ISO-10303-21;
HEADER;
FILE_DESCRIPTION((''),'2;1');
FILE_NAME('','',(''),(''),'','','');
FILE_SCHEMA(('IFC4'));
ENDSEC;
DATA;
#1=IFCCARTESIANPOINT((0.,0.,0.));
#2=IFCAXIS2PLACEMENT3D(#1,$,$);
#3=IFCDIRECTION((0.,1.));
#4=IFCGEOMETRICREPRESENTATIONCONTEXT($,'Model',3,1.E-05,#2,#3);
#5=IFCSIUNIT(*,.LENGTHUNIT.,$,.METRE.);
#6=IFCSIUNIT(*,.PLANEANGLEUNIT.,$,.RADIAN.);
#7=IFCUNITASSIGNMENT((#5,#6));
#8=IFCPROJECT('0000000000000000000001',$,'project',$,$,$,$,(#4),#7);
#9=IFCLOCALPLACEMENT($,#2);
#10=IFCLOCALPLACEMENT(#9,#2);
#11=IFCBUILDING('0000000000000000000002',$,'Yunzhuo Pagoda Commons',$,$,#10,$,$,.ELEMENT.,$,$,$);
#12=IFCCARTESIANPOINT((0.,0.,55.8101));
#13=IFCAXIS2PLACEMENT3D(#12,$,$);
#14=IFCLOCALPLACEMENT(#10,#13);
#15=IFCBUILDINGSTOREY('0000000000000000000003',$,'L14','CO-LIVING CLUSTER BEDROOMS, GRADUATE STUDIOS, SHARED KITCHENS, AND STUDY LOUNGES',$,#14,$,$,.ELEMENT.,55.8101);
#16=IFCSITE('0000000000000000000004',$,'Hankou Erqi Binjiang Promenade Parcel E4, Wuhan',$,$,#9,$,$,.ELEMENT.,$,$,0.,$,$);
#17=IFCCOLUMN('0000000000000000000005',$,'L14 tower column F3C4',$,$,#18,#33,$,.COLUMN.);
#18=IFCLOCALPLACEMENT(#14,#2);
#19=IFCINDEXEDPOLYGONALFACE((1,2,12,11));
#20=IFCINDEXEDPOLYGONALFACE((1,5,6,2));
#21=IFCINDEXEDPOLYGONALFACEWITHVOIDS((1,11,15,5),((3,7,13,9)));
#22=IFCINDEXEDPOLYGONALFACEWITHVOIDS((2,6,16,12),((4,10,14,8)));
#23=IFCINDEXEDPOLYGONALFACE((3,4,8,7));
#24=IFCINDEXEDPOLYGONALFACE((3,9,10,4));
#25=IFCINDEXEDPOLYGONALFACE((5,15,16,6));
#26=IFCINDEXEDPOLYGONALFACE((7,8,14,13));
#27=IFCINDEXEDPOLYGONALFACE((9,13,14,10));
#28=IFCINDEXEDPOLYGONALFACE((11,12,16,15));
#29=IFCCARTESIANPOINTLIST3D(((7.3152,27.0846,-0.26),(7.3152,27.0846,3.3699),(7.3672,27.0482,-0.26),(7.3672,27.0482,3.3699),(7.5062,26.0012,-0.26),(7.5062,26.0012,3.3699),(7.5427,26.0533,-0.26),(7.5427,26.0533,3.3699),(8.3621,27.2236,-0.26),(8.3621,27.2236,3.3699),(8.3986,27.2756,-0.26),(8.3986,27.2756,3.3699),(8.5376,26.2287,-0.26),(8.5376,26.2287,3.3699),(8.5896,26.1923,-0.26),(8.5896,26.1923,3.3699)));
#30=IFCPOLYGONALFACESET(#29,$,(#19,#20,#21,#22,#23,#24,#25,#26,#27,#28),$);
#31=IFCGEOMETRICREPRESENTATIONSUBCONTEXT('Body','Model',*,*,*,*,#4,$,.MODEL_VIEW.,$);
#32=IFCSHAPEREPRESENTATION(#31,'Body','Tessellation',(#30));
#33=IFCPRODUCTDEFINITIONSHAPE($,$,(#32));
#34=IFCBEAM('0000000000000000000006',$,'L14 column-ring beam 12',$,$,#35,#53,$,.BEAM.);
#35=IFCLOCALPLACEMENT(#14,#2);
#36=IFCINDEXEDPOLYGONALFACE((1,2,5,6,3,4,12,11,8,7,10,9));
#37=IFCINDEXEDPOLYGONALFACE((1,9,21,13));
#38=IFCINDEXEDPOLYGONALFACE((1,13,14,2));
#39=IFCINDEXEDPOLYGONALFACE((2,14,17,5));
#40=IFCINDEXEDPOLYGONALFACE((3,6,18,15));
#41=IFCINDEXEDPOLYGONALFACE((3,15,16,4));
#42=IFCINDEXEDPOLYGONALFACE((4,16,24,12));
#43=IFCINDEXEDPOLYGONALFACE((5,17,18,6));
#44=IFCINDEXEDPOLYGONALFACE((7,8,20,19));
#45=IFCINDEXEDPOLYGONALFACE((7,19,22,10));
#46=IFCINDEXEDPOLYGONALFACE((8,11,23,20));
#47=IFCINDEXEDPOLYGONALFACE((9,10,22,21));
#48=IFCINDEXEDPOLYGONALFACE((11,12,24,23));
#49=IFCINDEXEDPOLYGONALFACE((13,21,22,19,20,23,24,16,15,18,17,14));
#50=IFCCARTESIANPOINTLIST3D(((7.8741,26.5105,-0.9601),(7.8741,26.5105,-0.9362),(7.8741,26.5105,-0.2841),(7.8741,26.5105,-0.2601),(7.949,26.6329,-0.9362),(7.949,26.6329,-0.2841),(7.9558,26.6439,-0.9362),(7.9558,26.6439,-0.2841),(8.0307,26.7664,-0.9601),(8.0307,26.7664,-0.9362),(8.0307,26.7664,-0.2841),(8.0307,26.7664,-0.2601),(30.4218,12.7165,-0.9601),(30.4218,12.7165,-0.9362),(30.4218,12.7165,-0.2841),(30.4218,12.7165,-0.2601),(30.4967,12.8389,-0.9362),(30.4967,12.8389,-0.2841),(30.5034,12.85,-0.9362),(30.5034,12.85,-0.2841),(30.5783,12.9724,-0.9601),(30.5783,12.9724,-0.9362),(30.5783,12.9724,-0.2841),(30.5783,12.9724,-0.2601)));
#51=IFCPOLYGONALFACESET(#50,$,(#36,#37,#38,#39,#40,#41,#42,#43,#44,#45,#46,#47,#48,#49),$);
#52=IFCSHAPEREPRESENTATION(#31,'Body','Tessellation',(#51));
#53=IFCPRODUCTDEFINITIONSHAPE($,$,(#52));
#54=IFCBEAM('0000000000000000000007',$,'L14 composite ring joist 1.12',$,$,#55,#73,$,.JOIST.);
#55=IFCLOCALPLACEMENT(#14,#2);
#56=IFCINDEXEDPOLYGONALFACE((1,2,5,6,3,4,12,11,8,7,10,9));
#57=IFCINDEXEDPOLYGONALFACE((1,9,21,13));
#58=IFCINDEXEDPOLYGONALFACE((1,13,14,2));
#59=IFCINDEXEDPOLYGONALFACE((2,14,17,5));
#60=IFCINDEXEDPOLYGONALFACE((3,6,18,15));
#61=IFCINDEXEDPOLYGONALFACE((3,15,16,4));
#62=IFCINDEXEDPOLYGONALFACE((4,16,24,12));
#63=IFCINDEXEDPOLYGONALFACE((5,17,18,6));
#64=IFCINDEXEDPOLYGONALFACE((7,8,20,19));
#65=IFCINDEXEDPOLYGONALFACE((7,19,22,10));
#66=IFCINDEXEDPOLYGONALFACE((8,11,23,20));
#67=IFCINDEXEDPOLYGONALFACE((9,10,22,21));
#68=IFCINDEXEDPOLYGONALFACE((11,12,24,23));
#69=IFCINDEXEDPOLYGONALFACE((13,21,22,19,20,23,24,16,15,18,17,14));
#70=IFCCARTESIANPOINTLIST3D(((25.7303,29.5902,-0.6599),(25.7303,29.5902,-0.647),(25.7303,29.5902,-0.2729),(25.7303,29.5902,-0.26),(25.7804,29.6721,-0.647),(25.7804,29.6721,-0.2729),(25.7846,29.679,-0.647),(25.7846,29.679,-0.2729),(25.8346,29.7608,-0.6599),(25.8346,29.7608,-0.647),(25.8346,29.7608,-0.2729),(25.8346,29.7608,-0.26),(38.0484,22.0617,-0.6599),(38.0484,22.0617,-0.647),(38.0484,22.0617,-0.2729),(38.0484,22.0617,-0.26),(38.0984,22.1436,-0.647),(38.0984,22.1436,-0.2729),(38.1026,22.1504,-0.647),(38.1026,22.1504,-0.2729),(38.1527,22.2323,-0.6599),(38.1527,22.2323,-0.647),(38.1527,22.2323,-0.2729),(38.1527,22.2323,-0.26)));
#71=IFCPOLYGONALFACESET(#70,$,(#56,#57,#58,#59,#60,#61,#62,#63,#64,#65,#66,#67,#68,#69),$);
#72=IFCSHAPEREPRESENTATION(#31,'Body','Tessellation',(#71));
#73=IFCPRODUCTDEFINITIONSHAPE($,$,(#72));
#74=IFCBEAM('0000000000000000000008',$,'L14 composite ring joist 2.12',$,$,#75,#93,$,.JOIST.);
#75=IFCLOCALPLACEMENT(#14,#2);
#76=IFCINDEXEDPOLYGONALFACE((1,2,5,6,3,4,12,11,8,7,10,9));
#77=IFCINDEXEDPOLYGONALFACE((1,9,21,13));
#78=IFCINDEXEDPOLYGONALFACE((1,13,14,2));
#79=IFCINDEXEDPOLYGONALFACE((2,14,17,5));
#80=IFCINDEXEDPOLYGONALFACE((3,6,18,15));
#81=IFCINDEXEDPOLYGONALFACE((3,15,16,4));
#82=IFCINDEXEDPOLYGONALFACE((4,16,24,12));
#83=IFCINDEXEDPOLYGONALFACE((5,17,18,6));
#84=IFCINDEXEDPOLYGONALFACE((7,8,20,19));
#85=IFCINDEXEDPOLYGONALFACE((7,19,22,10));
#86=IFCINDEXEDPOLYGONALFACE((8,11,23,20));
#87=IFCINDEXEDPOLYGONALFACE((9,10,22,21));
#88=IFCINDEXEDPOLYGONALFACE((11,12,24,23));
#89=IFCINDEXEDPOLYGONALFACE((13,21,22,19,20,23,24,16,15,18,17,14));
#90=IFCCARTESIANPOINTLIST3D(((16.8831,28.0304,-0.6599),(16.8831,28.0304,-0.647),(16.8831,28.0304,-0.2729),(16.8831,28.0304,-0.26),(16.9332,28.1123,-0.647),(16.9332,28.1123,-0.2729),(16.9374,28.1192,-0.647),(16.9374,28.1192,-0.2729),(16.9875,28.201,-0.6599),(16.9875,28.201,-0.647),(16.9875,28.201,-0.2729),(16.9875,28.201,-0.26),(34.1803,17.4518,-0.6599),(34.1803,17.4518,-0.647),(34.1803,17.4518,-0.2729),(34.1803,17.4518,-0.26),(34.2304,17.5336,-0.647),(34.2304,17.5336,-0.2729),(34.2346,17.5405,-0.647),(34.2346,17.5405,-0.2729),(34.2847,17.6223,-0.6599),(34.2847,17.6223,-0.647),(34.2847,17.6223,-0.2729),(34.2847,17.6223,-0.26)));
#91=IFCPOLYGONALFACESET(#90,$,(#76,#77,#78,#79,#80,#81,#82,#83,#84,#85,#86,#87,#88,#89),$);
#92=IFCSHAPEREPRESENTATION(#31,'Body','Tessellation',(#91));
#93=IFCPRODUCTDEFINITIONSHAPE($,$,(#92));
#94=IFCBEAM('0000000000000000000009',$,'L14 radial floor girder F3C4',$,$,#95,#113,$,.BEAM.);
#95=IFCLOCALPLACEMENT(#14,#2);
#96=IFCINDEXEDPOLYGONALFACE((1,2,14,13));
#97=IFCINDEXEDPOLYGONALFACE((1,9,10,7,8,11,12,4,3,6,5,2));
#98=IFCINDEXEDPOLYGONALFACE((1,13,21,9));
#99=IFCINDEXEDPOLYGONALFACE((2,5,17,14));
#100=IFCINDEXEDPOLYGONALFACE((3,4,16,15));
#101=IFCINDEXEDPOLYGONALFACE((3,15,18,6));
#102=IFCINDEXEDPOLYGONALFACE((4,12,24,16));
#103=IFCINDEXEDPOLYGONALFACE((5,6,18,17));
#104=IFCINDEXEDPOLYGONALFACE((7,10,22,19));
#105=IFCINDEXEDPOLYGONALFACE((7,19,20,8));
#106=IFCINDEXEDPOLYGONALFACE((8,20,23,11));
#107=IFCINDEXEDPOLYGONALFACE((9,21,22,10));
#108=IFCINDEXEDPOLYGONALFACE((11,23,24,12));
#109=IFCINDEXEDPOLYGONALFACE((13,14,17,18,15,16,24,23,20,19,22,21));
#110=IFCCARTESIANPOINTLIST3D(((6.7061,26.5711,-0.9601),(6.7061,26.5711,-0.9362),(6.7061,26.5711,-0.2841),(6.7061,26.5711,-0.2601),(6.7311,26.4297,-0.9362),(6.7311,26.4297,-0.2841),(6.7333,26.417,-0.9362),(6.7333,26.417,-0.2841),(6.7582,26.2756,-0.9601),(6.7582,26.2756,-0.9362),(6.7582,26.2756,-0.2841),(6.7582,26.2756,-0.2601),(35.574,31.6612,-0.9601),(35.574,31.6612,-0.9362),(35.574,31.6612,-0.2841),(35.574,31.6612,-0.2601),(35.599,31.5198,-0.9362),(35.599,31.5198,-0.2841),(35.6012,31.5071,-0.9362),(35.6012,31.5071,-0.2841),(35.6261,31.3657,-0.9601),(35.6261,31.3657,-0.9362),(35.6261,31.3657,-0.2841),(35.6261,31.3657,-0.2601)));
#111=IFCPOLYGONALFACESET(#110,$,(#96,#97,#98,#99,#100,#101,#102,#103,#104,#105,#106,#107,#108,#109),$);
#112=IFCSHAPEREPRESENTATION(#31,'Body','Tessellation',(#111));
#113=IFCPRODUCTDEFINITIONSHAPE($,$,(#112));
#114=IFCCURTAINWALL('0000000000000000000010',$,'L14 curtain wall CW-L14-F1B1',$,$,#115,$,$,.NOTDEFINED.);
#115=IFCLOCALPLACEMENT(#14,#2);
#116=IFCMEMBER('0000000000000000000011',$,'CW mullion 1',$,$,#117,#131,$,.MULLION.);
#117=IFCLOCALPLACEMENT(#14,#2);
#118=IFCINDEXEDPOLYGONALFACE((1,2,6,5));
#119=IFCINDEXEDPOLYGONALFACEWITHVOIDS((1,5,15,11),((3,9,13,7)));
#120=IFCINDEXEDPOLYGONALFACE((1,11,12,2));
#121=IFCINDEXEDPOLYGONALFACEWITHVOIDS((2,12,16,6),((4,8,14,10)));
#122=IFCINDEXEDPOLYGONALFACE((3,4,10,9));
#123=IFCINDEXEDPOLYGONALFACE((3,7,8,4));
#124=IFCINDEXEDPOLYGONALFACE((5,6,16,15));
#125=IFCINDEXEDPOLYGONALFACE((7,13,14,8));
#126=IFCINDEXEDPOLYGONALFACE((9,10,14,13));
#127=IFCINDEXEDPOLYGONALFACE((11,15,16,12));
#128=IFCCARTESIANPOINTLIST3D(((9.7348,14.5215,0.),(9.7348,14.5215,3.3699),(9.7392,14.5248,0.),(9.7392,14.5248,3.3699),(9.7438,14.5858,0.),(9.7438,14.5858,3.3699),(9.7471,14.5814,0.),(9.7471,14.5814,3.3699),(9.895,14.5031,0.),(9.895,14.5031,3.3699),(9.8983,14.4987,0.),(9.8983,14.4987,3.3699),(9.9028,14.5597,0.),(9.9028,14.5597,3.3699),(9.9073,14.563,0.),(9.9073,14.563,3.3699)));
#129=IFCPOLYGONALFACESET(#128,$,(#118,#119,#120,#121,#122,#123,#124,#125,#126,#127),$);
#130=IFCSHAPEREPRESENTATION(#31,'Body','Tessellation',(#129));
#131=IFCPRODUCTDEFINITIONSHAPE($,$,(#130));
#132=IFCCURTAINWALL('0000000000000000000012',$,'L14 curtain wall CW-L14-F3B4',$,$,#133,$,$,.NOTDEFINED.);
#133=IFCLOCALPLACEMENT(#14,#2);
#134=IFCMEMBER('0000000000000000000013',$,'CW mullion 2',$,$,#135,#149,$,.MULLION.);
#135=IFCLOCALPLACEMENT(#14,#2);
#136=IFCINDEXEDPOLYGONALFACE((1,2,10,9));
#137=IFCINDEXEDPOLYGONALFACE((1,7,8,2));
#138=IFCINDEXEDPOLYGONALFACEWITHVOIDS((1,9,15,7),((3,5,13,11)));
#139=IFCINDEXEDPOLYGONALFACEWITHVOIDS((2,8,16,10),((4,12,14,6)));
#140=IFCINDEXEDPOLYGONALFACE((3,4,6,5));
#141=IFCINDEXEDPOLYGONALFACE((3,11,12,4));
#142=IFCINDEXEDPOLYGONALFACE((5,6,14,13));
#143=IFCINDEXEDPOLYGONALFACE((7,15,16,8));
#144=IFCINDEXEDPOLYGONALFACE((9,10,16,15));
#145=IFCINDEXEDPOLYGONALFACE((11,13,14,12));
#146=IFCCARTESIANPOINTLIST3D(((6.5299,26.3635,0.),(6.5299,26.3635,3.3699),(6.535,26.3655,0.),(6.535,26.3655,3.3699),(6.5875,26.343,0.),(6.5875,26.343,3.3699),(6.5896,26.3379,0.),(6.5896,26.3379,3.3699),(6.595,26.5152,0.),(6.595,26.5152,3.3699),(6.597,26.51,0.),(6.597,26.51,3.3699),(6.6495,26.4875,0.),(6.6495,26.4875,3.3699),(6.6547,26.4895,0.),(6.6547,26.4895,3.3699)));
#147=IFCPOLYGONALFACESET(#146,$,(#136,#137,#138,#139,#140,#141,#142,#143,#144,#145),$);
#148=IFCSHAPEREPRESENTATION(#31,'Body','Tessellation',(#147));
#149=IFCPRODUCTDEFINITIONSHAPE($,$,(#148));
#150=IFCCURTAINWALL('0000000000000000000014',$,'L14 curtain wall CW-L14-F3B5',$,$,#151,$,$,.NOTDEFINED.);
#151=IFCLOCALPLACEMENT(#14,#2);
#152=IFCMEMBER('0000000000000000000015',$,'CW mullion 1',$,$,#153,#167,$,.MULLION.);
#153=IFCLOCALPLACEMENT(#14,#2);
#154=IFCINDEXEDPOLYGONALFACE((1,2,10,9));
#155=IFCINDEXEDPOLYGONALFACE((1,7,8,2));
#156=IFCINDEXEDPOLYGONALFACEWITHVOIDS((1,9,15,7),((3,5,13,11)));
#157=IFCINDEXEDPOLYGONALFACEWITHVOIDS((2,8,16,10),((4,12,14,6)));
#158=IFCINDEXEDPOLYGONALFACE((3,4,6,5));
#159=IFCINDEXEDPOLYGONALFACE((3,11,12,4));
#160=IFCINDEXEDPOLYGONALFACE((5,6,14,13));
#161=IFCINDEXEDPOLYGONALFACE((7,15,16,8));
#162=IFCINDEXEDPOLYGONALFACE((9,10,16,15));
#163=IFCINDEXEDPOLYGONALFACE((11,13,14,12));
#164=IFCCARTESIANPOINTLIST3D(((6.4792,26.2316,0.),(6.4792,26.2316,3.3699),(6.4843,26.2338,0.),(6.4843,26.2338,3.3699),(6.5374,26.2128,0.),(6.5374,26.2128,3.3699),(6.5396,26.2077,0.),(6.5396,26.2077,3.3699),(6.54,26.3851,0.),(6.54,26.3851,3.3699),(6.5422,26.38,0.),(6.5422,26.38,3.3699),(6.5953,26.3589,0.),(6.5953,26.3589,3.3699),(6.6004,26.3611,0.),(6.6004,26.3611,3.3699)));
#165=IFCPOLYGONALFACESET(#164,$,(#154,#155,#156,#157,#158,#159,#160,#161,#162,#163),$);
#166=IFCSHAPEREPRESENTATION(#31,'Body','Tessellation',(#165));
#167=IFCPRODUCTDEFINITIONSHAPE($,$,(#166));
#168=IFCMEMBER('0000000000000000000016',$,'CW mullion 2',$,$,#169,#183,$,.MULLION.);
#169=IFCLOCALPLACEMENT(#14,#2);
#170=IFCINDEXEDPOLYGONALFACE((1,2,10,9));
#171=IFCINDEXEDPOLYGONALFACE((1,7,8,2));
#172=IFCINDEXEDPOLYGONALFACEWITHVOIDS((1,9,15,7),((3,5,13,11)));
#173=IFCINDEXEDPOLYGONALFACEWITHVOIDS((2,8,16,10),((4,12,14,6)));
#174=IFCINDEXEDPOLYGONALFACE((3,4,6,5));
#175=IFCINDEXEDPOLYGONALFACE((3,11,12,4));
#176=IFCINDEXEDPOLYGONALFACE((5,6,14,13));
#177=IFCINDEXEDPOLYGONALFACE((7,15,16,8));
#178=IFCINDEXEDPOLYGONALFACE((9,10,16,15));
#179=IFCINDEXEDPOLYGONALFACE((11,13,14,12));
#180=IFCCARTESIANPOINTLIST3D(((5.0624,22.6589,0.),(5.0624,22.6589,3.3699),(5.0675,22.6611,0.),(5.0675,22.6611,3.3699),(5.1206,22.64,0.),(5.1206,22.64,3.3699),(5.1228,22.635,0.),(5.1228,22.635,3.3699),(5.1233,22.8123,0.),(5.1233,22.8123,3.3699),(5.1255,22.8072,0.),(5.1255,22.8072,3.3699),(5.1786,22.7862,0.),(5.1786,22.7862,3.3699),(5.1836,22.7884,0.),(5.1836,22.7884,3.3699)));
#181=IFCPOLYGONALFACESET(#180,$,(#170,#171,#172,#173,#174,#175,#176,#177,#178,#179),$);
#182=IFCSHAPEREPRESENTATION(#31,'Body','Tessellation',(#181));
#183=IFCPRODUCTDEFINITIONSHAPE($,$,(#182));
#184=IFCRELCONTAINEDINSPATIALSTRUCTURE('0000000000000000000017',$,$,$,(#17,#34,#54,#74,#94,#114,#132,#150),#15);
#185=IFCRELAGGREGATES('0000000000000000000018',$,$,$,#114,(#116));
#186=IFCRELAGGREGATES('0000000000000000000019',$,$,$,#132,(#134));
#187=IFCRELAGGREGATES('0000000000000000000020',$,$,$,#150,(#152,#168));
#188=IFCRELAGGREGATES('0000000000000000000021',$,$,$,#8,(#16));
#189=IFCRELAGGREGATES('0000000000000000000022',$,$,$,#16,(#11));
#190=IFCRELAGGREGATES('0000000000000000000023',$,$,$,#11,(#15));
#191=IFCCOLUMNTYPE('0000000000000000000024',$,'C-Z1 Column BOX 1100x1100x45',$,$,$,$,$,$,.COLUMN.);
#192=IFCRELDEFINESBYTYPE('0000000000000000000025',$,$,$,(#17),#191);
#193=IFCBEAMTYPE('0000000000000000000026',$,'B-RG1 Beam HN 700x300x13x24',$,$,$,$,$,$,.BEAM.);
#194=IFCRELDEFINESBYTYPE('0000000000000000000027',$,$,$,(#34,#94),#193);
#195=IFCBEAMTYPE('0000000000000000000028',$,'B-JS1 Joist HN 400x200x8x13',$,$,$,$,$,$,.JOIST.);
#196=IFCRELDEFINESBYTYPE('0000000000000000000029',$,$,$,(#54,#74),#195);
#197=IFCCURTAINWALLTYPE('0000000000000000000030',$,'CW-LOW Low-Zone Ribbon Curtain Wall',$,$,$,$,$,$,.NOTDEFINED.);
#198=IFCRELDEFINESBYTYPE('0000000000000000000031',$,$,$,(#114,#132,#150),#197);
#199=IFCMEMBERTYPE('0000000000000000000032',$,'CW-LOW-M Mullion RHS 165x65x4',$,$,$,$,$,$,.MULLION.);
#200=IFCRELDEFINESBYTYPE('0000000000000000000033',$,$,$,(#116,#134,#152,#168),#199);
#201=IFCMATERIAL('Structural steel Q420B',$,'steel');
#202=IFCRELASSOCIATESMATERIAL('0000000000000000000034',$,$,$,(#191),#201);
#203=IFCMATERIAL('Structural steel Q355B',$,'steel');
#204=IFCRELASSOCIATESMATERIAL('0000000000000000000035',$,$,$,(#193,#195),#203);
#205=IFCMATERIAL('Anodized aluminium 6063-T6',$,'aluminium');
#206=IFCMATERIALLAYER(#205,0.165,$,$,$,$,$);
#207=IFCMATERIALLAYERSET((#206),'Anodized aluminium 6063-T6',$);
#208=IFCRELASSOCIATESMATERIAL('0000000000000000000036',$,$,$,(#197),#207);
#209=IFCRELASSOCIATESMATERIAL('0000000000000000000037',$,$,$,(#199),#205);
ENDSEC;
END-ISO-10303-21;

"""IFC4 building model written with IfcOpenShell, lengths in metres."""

from ifc_helpers import new_model, si_unit, direction, frame, origin, origin_2d, place, context, subcontext, project, spatial, hollow_rectangle, i_section, extrude, source, transform, mapped, material, layer, layer_set, material_profile, profile_set, type_object, element, aggregate, save


model = new_model("IFC4")

# Units and contexts
model_context = context("Model", 3, precision=1e-05, world=origin(), true_north=direction((0.0, 1.0)))
body_context = subcontext(model_context, "Body", "Model", "MODEL_VIEW")
ifc_project = project(units=[si_unit("LENGTHUNIT", "METRE"), si_unit("PLANEANGLEUNIT", "RADIAN")], contexts=[model_context])

# Site, building, storey
site_placement = place(None, origin())
site = spatial("IfcSite", under=ifc_project, at=site_placement, Name="Hankou Erqi Binjiang Promenade Parcel E4, Wuhan", CompositionType="ELEMENT", RefElevation=0.0)
building_placement = place(site_placement, origin())
building = spatial("IfcBuilding", under=site, at=building_placement, Name="Yunzhuo Pagoda Commons", CompositionType="ELEMENT")
storey_placement = place(building_placement, frame((0.0, 0.0, 55.8101)))
storey = spatial("IfcBuildingStorey", under=building, at=storey_placement, Name="L14", Description="CO-LIVING CLUSTER BEDROOMS, GRADUATE STUDIOS, SHARED KITCHENS, AND STUDY LOUNGES", CompositionType="ELEMENT", Elevation=55.8101)

# Column
ifc_material_1 = material(Name="Structural steel Q420B", Category="steel")
ifc_material_profile_1 = material_profile(ifc_material_1, hollow_rectangle(XDim=1.1001, YDim=1.1001, WallThickness=0.0449, at=origin_2d()), Name="Structural steel Q420B")
ifc_profile_set_1 = profile_set([ifc_material_profile_1], Name="Structural steel Q420B")
column_type = type_object("IfcColumnType", Name="C-Z1 Column BOX 1100x1100x45", PredefinedType="COLUMN", material=ifc_profile_set_1)
shared_shape_1 = source(origin(), body_context, "Body", "SweptSolid", [
    extrude(hollow_rectangle(XDim=1.1001, YDim=1.1001, WallThickness=0.0449, at=origin_2d()), origin(), (0.0, 0.0, 1.0), 3.6299),
])
column_placement = place(storey_placement, frame((7.9524, 26.6384, -0.26), z_axis=(0.0, 0.0, 1.0), x_axis=(0.173648, -0.984808, 0.0)))
element("IfcColumn", 1, at=column_placement, inside=storey, type_object=column_type, Name="L14 tower column F3C4", PredefinedType="COLUMN", context=body_context, shape_type="MappedRepresentation", body=[
    mapped(shared_shape_1, transform((0.0, 0.0, 0.0), scale=1.0)),
])

# Beams
ifc_material_2 = material(Name="Structural steel Q355B", Category="steel")
ifc_material_profile_2 = material_profile(ifc_material_2, i_section(OverallWidth=0.3, OverallDepth=0.7, WebThickness=0.0129, FlangeThickness=0.0239, at=origin_2d()), Name="Structural steel Q355B")
ifc_profile_set_2 = profile_set([ifc_material_profile_2], Name="Structural steel Q355B")
beam_type_1 = type_object("IfcBeamType", Name="B-RG1 Beam HN 700x300x13x24", PredefinedType="BEAM", material=ifc_profile_set_2)
shared_shape_2 = source(origin(), body_context, "Body", "SweptSolid", [
    extrude(i_section(OverallWidth=0.3, OverallDepth=0.7, WebThickness=0.0129, FlangeThickness=0.0239, at=origin_2d()), origin(), (0.0, 0.0, 1.0), 26.4324),
])
beam_1_placement = place(storey_placement, frame((7.9524, 26.6384, -0.6101), z_axis=(0.853032, -0.521859, 0.0), x_axis=(0.521859, 0.853032, 0.0)))
element("IfcBeam", 2, at=beam_1_placement, inside=storey, type_object=beam_type_1, Name="L14 column-ring beam 12", PredefinedType="BEAM", context=body_context, shape_type="MappedRepresentation", body=[
    mapped(shared_shape_2, transform((0.0, 0.0, 0.0), scale=1.0)),
])
ifc_material_profile_3 = material_profile(ifc_material_2, i_section(OverallWidth=0.2, OverallDepth=0.3999, WebThickness=0.0081, FlangeThickness=0.0129, at=origin_2d()), Name="Structural steel Q355B")
ifc_profile_set_3 = profile_set([ifc_material_profile_3], Name="Structural steel Q355B")
beam_type_2 = type_object("IfcBeamType", Name="B-JS1 Joist HN 400x200x8x13", PredefinedType="JOIST", material=ifc_profile_set_3)
shared_shape_3 = source(origin(), body_context, "Body", "SweptSolid", [
    extrude(i_section(OverallWidth=0.2, OverallDepth=0.3999, WebThickness=0.0081, FlangeThickness=0.0129, at=origin_2d()), origin(), (0.0, 0.0, 1.0), 14.4365),
])
beam_2_placement = place(storey_placement, frame((25.7825, 29.6755, -0.46), z_axis=(0.853256, -0.521492, 0.0), x_axis=(0.521492, 0.853256, 0.0)))
element("IfcBeam", 3, at=beam_2_placement, inside=storey, type_object=beam_type_2, Name="L14 composite ring joist 1.12", PredefinedType="JOIST", context=body_context, shape_type="MappedRepresentation", body=[
    mapped(shared_shape_3, transform((0.0, 0.0, 0.0), scale=1.0)),
])
shared_shape_4 = source(origin(), body_context, "Body", "SweptSolid", [
    extrude(i_section(OverallWidth=0.2, OverallDepth=0.3999, WebThickness=0.0081, FlangeThickness=0.0129, at=origin_2d()), origin(), (0.0, 0.0, 1.0), 20.2756),
])
beam_3_placement = place(storey_placement, frame((16.9353, 28.1157, -0.46), z_axis=(0.853103, -0.521743, 0.0), x_axis=(0.521743, 0.853103, 0.0)))
element("IfcBeam", 4, at=beam_3_placement, inside=storey, type_object=beam_type_2, Name="L14 composite ring joist 2.12", PredefinedType="JOIST", context=body_context, shape_type="MappedRepresentation", body=[
    mapped(shared_shape_4, transform((0.0, 0.0, 0.0), scale=1.0)),
])
shared_shape_5 = source(origin(), body_context, "Body", "SweptSolid", [
    extrude(i_section(OverallWidth=0.3, OverallDepth=0.7, WebThickness=0.0129, FlangeThickness=0.0239, at=origin_2d()), origin(), (0.0, 0.0, 1.0), 29.3132),
])
beam_4_placement = place(storey_placement, frame((6.7322, 26.4233, -0.6101), z_axis=(0.984808, 0.173645, 0.0), x_axis=(-0.173645, 0.984808, 0.0)))
element("IfcBeam", 5, at=beam_4_placement, inside=storey, type_object=beam_type_1, Name="L14 radial floor girder F3C4", PredefinedType="BEAM", context=body_context, shape_type="MappedRepresentation", body=[
    mapped(shared_shape_5, transform((0.0, 0.0, 0.0), scale=1.0)),
])

# Curtain walls, members
ifc_material_3 = material(Name="Anodized aluminium 6063-T6", Category="aluminium")
ifc_layer_1 = layer(ifc_material_3, 0.165)
ifc_layer_set_1 = layer_set([ifc_layer_1], Name="Anodized aluminium 6063-T6")
curtain_wall_type = type_object("IfcCurtainWallType", Name="CW-LOW Low-Zone Ribbon Curtain Wall", PredefinedType="NOTDEFINED", material=ifc_layer_set_1)
curtain_wall_1_placement = place(storey_placement, origin())
curtain_wall_1 = element("IfcCurtainWall", 6, at=curtain_wall_1_placement, inside=storey, type_object=curtain_wall_type, Name="L14 curtain wall CW-L14-F1B1", PredefinedType="NOTDEFINED")
ifc_material_profile_4 = material_profile(ifc_material_3, hollow_rectangle(XDim=0.0649, YDim=0.165, WallThickness=0.0039, at=origin_2d()), Name="Anodized aluminium 6063-T6")
ifc_profile_set_4 = profile_set([ifc_material_profile_4], Name="Anodized aluminium 6063-T6")
member_type_1 = type_object("IfcMemberType", Name="CW-LOW-M Mullion RHS 165x65x4", PredefinedType="MULLION", material=ifc_profile_set_4)
shared_shape_6 = source(origin(), body_context, "Body", "SweptSolid", [
    extrude(hollow_rectangle(XDim=0.0649, YDim=0.165, WallThickness=0.0039, at=origin_2d()), origin(), (0.0, 0.0, 1.0), 3.3699),
])
member_1_placement = place(storey_placement, frame((9.821, 14.5422, 0.0), z_axis=(0.0, 0.0, 1.0), x_axis=(0.137905, 0.990445, 0.0)))
member_1 = element("IfcMember", 7, at=member_1_placement, type_object=member_type_1, Name="CW mullion 1", PredefinedType="MULLION", context=body_context, shape_type="MappedRepresentation", body=[
    mapped(shared_shape_6, transform((0.0, 0.0, 0.0), scale=1.0)),
])
curtain_wall_2_placement = place(storey_placement, origin())
curtain_wall_2 = element("IfcCurtainWall", 8, at=curtain_wall_2_placement, inside=storey, type_object=curtain_wall_type, Name="L14 curtain wall CW-L14-F3B4", PredefinedType="NOTDEFINED")
member_2_placement = place(storey_placement, frame((6.5923, 26.4265, 0.0), z_axis=(0.0, 0.0, 1.0), x_axis=(0.918993, -0.394274, 0.0)))
member_2 = element("IfcMember", 9, at=member_2_placement, type_object=member_type_1, Name="CW mullion 2", PredefinedType="MULLION", context=body_context, shape_type="MappedRepresentation", body=[
    mapped(shared_shape_6, transform((0.0, 0.0, 0.0), scale=1.0)),
])

# Curtain wall, members
curtain_wall_3_placement = place(storey_placement, origin())
curtain_wall_3 = element("IfcCurtainWall", 10, at=curtain_wall_3_placement, inside=storey, type_object=curtain_wall_type, Name="L14 curtain wall CW-L14-F3B5", PredefinedType="NOTDEFINED")
member_3_placement = place(storey_placement, frame((6.5398, 26.2964, 0.0), z_axis=(0.0, 0.0, 1.0), x_axis=(0.929582, -0.368614, 0.0)))
member_3 = element("IfcMember", 11, at=member_3_placement, type_object=member_type_1, Name="CW mullion 1", PredefinedType="MULLION", context=body_context, shape_type="MappedRepresentation", body=[
    mapped(shared_shape_6, transform((0.0, 0.0, 0.0), scale=1.0)),
])
member_4_placement = place(storey_placement, frame((5.123, 22.7236, 0.0), z_axis=(0.0, 0.0, 1.0), x_axis=(0.929582, -0.368614, 0.0)))
member_4 = element("IfcMember", 12, at=member_4_placement, type_object=member_type_1, Name="CW mullion 2", PredefinedType="MULLION", context=body_context, shape_type="MappedRepresentation", body=[
    mapped(shared_shape_6, transform((0.0, 0.0, 0.0), scale=1.0)),
])

aggregate(curtain_wall_1, [member_1])

aggregate(curtain_wall_2, [member_2])
aggregate(curtain_wall_3, [member_3, member_4])

save(model, "model.ifc")
